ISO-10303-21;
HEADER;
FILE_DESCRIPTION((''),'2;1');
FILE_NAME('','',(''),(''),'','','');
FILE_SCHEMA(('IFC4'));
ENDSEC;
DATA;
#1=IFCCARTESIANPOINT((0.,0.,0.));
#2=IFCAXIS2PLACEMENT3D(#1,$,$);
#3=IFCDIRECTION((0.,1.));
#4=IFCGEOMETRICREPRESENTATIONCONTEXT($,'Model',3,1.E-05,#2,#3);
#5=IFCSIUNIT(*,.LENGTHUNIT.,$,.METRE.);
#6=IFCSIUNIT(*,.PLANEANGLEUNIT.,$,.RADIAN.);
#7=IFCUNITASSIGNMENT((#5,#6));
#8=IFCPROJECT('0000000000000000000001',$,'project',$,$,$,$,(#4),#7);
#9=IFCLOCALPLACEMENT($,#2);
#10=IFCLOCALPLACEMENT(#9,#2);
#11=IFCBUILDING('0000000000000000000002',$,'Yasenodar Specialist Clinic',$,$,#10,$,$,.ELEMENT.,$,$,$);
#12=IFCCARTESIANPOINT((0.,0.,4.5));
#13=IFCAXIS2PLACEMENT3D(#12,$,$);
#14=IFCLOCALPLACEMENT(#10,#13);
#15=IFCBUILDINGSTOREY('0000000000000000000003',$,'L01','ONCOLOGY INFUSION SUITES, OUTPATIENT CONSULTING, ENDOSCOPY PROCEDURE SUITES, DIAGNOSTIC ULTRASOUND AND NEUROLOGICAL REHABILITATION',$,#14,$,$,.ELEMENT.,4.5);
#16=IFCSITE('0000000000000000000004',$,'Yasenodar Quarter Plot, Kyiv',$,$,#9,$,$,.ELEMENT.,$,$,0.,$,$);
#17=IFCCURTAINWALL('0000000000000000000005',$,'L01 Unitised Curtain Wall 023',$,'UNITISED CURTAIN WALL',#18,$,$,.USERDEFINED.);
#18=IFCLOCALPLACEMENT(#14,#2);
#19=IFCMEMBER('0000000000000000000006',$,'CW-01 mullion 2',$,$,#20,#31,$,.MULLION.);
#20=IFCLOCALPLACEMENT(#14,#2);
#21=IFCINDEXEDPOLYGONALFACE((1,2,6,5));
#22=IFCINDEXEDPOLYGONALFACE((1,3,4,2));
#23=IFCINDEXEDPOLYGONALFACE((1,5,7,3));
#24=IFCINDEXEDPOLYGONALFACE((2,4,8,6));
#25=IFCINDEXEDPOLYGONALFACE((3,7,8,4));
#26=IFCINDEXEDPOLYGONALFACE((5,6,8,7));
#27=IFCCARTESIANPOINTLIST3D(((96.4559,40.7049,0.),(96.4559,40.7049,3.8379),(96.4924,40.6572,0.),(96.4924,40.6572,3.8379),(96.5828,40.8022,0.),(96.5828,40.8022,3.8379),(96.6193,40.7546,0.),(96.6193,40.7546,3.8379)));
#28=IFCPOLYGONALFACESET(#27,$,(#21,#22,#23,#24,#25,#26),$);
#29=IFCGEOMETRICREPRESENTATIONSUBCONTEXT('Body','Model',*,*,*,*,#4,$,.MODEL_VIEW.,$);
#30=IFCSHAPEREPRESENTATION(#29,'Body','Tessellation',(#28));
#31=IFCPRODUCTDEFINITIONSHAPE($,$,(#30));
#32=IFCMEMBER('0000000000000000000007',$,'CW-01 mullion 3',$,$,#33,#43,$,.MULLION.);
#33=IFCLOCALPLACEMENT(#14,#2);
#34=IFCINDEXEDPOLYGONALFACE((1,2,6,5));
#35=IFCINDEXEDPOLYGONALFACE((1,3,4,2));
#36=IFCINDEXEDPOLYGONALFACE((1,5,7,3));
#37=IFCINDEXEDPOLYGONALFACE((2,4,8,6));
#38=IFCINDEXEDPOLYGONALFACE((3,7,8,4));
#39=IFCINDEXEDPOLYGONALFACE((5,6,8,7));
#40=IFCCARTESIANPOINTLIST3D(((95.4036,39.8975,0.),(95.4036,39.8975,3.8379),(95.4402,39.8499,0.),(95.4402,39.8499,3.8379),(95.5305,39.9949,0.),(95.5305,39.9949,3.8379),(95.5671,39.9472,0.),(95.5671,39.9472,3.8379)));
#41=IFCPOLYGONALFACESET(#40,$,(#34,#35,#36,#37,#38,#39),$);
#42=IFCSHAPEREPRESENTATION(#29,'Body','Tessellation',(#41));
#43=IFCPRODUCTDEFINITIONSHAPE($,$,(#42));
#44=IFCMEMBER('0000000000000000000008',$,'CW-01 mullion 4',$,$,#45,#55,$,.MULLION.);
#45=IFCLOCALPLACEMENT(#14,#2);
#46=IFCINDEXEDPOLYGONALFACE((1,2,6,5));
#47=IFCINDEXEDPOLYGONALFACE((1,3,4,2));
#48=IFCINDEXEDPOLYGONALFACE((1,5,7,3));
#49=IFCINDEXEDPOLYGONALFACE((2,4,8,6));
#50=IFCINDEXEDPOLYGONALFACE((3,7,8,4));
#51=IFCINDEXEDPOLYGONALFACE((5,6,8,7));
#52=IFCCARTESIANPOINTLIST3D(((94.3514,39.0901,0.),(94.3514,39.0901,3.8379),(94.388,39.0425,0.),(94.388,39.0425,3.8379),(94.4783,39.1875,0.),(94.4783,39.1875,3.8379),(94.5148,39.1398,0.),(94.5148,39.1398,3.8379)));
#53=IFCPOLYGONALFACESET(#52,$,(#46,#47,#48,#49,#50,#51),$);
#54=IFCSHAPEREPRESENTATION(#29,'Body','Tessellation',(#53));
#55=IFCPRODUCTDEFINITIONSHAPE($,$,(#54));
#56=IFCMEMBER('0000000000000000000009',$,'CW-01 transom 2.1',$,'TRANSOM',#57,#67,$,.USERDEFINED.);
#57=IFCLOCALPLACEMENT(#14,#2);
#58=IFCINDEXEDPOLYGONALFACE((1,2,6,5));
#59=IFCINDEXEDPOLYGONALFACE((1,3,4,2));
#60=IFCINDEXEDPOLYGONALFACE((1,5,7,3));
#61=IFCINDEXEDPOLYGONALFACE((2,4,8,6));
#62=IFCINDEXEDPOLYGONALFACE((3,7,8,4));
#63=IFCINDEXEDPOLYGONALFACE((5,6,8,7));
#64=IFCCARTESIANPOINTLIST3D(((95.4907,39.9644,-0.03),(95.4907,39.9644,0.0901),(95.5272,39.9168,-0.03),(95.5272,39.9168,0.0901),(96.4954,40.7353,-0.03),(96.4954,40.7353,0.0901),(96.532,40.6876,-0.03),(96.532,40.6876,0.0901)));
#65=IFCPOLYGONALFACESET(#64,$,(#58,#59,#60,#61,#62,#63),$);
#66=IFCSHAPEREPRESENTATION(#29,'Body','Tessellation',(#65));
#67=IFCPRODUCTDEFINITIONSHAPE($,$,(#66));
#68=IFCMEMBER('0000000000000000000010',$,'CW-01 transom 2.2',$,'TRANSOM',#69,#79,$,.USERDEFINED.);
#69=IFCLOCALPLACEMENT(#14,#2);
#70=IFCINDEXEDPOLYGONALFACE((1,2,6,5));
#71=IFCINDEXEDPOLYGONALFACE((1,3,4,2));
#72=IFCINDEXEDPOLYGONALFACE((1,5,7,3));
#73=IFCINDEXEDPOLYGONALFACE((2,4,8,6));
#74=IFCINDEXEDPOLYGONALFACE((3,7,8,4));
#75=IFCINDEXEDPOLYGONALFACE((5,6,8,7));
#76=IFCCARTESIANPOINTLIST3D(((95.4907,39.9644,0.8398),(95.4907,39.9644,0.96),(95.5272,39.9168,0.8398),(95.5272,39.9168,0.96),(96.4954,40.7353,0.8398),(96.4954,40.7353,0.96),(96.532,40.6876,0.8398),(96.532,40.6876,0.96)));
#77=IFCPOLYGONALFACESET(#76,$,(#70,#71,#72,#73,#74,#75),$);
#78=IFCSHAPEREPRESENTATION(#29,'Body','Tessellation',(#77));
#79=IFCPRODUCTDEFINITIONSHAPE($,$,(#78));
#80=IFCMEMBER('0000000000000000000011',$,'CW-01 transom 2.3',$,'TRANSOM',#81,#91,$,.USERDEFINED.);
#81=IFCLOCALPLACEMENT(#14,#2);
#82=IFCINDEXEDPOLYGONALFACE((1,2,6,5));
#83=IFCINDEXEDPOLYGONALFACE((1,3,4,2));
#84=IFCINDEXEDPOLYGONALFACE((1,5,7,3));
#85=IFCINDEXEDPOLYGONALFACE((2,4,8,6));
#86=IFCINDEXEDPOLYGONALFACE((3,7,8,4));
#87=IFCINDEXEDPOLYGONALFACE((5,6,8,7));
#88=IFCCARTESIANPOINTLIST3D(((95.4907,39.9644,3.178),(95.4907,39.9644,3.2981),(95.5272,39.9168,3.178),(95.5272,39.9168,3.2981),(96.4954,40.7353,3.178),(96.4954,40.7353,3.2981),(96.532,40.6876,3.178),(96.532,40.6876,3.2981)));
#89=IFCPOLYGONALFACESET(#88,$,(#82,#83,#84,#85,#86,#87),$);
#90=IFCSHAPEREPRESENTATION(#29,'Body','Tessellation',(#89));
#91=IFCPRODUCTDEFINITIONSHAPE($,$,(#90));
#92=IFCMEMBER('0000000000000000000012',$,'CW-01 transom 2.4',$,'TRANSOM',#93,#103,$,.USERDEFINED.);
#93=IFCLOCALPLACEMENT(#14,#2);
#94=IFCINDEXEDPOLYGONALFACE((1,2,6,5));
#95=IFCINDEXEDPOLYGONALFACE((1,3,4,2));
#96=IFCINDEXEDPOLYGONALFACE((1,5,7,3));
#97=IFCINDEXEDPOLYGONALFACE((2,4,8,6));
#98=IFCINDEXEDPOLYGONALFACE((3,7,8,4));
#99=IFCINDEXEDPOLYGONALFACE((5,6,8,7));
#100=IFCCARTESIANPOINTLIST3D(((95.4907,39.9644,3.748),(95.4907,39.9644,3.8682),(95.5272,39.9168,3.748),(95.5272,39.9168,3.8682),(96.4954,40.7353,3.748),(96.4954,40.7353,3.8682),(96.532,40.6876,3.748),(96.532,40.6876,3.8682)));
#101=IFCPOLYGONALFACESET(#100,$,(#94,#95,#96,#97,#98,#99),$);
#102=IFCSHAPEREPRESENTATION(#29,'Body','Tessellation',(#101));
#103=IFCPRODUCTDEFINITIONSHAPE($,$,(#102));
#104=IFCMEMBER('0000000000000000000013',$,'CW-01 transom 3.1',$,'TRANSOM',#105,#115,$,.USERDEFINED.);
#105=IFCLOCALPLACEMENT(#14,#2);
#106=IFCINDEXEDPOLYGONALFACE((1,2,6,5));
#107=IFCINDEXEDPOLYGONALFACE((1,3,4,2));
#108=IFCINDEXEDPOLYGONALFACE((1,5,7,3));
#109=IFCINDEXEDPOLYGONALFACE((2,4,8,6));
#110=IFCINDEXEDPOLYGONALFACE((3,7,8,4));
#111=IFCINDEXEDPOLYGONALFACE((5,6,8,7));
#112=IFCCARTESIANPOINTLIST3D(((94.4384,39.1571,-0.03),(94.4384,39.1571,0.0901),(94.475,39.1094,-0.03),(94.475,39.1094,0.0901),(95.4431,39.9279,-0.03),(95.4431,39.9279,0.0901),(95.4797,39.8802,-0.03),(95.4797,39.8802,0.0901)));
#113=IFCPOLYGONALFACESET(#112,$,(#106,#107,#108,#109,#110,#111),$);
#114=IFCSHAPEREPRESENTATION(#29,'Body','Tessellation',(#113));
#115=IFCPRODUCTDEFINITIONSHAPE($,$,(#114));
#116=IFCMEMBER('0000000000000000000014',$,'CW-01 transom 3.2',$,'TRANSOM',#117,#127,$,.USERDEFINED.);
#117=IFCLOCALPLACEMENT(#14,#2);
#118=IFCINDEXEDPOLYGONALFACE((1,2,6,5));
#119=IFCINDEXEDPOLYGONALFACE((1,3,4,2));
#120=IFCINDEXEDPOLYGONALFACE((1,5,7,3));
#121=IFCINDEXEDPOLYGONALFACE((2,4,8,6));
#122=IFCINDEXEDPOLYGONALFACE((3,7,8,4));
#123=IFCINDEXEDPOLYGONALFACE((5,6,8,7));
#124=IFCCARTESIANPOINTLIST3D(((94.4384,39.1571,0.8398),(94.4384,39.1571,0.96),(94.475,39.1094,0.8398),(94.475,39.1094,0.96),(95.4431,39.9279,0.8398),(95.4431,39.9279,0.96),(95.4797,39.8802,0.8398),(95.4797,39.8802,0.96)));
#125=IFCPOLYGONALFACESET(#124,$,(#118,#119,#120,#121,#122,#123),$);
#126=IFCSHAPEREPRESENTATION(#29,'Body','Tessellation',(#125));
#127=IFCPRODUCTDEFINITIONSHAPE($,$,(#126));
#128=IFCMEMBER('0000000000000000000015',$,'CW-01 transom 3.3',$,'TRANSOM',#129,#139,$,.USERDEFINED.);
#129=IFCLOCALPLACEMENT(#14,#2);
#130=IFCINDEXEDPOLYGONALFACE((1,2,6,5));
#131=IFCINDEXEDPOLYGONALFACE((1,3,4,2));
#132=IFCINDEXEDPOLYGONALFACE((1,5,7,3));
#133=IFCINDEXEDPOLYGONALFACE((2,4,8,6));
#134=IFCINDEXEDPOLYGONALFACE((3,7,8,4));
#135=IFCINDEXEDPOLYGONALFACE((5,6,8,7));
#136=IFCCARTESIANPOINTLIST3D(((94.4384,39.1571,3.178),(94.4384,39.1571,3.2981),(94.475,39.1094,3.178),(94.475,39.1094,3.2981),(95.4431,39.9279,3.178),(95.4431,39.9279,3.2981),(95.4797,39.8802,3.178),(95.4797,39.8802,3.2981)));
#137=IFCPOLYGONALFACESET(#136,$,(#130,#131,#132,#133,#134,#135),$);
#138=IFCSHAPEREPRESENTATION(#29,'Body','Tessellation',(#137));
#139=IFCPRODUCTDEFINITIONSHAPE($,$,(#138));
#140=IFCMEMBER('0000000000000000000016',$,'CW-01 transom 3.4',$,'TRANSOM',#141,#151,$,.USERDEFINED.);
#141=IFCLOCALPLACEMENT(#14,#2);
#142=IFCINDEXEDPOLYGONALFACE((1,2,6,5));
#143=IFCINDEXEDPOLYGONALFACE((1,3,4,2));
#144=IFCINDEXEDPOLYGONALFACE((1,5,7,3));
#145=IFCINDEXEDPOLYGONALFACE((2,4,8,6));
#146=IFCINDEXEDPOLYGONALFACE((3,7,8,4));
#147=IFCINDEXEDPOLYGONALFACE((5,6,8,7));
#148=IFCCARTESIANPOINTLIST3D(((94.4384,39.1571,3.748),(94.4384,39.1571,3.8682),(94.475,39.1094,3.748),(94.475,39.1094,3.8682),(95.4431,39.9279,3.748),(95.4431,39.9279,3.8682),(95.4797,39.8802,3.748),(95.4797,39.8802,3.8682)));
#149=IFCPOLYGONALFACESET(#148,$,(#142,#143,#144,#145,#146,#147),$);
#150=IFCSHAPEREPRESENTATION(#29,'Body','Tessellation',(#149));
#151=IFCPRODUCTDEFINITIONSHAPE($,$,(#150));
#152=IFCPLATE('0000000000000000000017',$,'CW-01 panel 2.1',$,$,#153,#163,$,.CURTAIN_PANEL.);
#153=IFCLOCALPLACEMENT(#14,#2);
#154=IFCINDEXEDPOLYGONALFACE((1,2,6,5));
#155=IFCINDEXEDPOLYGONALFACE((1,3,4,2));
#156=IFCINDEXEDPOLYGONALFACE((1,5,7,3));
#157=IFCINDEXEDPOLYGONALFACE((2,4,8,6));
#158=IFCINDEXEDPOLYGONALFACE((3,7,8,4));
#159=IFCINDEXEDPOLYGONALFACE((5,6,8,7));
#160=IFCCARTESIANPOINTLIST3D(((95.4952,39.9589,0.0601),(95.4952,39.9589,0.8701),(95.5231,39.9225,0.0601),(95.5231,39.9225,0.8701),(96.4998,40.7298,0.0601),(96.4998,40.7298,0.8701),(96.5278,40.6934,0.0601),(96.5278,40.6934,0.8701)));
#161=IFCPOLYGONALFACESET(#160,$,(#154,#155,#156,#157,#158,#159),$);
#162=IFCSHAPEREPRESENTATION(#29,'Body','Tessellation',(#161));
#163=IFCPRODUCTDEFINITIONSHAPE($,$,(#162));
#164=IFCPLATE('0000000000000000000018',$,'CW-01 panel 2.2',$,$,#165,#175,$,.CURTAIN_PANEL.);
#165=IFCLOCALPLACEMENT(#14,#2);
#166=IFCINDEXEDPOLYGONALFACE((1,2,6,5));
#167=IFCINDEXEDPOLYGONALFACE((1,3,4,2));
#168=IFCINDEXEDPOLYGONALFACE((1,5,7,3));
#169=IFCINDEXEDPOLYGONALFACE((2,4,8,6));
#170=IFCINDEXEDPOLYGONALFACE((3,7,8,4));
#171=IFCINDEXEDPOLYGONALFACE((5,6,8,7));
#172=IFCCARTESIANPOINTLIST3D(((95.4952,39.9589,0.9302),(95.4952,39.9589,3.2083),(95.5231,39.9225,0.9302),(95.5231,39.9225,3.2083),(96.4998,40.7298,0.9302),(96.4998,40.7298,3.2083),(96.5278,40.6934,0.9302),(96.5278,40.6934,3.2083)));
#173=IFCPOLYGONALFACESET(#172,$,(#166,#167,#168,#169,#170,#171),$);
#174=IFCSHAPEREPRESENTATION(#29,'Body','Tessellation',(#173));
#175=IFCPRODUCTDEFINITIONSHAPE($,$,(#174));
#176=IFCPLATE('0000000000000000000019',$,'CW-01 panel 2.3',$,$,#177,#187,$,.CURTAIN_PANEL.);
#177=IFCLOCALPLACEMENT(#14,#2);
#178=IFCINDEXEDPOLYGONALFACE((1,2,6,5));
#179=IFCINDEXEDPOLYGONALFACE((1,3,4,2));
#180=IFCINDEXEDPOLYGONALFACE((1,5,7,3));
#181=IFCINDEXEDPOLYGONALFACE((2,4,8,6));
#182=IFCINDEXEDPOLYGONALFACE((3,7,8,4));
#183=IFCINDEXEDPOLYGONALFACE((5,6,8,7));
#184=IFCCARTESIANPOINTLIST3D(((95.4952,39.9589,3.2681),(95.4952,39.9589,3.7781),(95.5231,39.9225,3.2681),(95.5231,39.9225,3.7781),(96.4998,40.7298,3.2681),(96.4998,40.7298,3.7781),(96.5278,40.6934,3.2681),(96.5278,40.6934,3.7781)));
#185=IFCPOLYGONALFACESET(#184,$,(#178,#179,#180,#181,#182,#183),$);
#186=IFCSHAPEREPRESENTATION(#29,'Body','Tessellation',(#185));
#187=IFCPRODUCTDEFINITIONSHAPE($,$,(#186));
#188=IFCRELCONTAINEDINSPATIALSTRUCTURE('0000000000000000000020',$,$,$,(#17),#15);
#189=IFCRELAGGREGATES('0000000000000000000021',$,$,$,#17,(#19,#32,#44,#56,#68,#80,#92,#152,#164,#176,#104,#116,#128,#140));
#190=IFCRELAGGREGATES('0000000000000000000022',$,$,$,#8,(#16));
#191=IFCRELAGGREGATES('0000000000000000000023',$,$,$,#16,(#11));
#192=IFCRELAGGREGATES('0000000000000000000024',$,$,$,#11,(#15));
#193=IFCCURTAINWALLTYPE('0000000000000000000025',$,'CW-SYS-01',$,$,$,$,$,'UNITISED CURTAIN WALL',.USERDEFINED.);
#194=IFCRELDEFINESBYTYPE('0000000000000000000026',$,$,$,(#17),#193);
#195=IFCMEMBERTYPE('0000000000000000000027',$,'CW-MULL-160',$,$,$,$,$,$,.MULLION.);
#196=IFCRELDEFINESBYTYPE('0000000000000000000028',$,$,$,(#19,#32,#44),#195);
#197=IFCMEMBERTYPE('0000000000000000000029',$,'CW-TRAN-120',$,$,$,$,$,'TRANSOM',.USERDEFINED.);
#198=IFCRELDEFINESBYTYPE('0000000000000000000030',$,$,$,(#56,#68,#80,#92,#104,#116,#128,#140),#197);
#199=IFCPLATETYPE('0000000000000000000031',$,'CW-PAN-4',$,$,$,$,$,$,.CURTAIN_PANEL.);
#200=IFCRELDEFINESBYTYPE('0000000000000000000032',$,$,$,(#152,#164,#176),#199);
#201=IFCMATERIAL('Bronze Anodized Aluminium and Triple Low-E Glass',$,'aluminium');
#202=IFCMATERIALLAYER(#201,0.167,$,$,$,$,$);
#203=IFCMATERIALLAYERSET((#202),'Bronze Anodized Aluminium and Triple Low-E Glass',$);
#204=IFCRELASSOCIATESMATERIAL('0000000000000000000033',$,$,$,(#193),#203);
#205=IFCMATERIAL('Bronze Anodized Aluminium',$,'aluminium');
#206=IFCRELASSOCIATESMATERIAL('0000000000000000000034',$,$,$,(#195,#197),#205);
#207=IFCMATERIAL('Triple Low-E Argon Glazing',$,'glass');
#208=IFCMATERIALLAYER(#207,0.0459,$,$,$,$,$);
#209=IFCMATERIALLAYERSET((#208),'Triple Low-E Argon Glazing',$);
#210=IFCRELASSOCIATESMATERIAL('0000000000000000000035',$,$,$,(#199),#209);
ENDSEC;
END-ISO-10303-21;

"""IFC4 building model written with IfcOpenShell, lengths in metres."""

from ifc_helpers import new_model, si_unit, direction, frame, origin, origin_2d, place, context, subcontext, project, spatial, rectangle, extrude, material, layer, layer_set, material_profile, profile_set, type_object, element, aggregate, save


model = new_model("IFC4")

# Units and contexts
model_context = context("Model", 3, precision=1e-05, world=origin(), true_north=direction((0.0, 1.0)))
body_context = subcontext(model_context, "Body", "Model", "MODEL_VIEW")
ifc_project = project(units=[si_unit("LENGTHUNIT", "METRE"), si_unit("PLANEANGLEUNIT", "RADIAN")], contexts=[model_context])

# Site, building, storey
site_placement = place(None, origin())
site = spatial("IfcSite", under=ifc_project, at=site_placement, Name="Yasenodar Quarter Plot, Kyiv", CompositionType="ELEMENT", RefElevation=0.0)
building_placement = place(site_placement, origin())
building = spatial("IfcBuilding", under=site, at=building_placement, Name="Yasenodar Specialist Clinic", CompositionType="ELEMENT")
storey_placement = place(building_placement, frame((0.0, 0.0, 4.5)))
storey = spatial("IfcBuildingStorey", under=building, at=storey_placement, Name="L01", Description="ONCOLOGY INFUSION SUITES, OUTPATIENT CONSULTING, ENDOSCOPY PROCEDURE SUITES, DIAGNOSTIC ULTRASOUND AND NEUROLOGICAL REHABILITATION", CompositionType="ELEMENT", Elevation=4.5)

# Curtain wall, members, plates
ifc_material_1 = material(Name="Bronze Anodized Aluminium and Triple Low-E Glass", Category="aluminium")
ifc_layer_1 = layer(ifc_material_1, 0.167)
ifc_layer_set_1 = layer_set([ifc_layer_1], Name="Bronze Anodized Aluminium and Triple Low-E Glass")
curtain_wall_type = type_object("IfcCurtainWallType", Name="CW-SYS-01", ElementType="UNITISED CURTAIN WALL", PredefinedType="USERDEFINED", material=ifc_layer_set_1)
curtain_wall_placement = place(storey_placement, origin())
curtain_wall = element("IfcCurtainWall", 1, at=curtain_wall_placement, inside=storey, type_object=curtain_wall_type, Name="L01 Unitised Curtain Wall 023", ObjectType="UNITISED CURTAIN WALL", PredefinedType="USERDEFINED")
ifc_material_2 = material(Name="Bronze Anodized Aluminium", Category="aluminium")
ifc_material_profile_1 = material_profile(ifc_material_2, rectangle(XDim=0.0601, YDim=0.1599, at=origin_2d()), Name="CW-MULL 60x160")
ifc_profile_set_1 = profile_set([ifc_material_profile_1], Name="Bronze Anodized Aluminium")
member_type_1 = type_object("IfcMemberType", Name="CW-MULL-160", PredefinedType="MULLION", material=ifc_profile_set_1)
member_1_placement = place(storey_placement, frame((96.5376, 40.7297, 0.0), z_axis=(0.0, 0.0, 1.0), x_axis=(0.608752, -0.793361, 0.0)))
member_1 = element("IfcMember", 2, at=member_1_placement, type_object=member_type_1, Name="CW-01 mullion 2", PredefinedType="MULLION", context=body_context, shape_type="SweptSolid", body=[
    extrude(rectangle(XDim=0.0601, YDim=0.1599, at=origin_2d()), origin(), (0.0, 0.0, 1.0), 3.8379),
])
member_2_placement = place(storey_placement, frame((95.4854, 39.9224, 0.0), z_axis=(0.0, 0.0, 1.0), x_axis=(0.608752, -0.793361, 0.0)))
member_2 = element("IfcMember", 3, at=member_2_placement, type_object=member_type_1, Name="CW-01 mullion 3", PredefinedType="MULLION", context=body_context, shape_type="SweptSolid", body=[
    extrude(rectangle(XDim=0.0601, YDim=0.1599, at=origin_2d()), origin(), (0.0, 0.0, 1.0), 3.8379),
])
member_3_placement = place(storey_placement, frame((94.4331, 39.115, 0.0), z_axis=(0.0, 0.0, 1.0), x_axis=(0.608752, -0.793361, 0.0)))
member_3 = element("IfcMember", 4, at=member_3_placement, type_object=member_type_1, Name="CW-01 mullion 4", PredefinedType="MULLION", context=body_context, shape_type="SweptSolid", body=[
    extrude(rectangle(XDim=0.0601, YDim=0.1599, at=origin_2d()), origin(), (0.0, 0.0, 1.0), 3.8379),
])
ifc_material_profile_2 = material_profile(ifc_material_2, rectangle(XDim=0.0601, YDim=0.1201, at=origin_2d()), Name="CW-TRAN 60x120")
ifc_profile_set_2 = profile_set([ifc_material_profile_2], Name="Bronze Anodized Aluminium")
member_type_2 = type_object("IfcMemberType", Name="CW-TRAN-120", ElementType="TRANSOM", PredefinedType="USERDEFINED", material=ifc_profile_set_2)
member_4_placement = place(storey_placement, frame((96.5137, 40.7114, 0.03), z_axis=(-0.793405, -0.608695, 0.0), x_axis=(0.608695, -0.793405, 0.0)))
member_4 = element("IfcMember", 5, at=member_4_placement, type_object=member_type_2, Name="CW-01 transom 2.1", ObjectType="TRANSOM", PredefinedType="USERDEFINED", context=body_context, shape_type="SweptSolid", body=[
    extrude(rectangle(XDim=0.0601, YDim=0.1201, at=origin_2d()), origin(), (0.0, 0.0, 1.0), 1.2664),
])
member_5_placement = place(storey_placement, frame((96.5137, 40.7114, 0.8999), z_axis=(-0.793405, -0.608695, 0.0), x_axis=(0.608695, -0.793405, 0.0)))
member_5 = element("IfcMember", 6, at=member_5_placement, type_object=member_type_2, Name="CW-01 transom 2.2", ObjectType="TRANSOM", PredefinedType="USERDEFINED", context=body_context, shape_type="SweptSolid", body=[
    extrude(rectangle(XDim=0.0601, YDim=0.1201, at=origin_2d()), origin(), (0.0, 0.0, 1.0), 1.2664),
])
member_6_placement = place(storey_placement, frame((96.5137, 40.7114, 3.238), z_axis=(-0.793405, -0.608695, 0.0), x_axis=(0.608695, -0.793405, 0.0)))
member_6 = element("IfcMember", 7, at=member_6_placement, type_object=member_type_2, Name="CW-01 transom 2.3", ObjectType="TRANSOM", PredefinedType="USERDEFINED", context=body_context, shape_type="SweptSolid", body=[
    extrude(rectangle(XDim=0.0601, YDim=0.1201, at=origin_2d()), origin(), (0.0, 0.0, 1.0), 1.2664),
])
member_7_placement = place(storey_placement, frame((96.5137, 40.7114, 3.8081), z_axis=(-0.793405, -0.608695, 0.0), x_axis=(0.608695, -0.793405, 0.0)))
member_7 = element("IfcMember", 8, at=member_7_placement, type_object=member_type_2, Name="CW-01 transom 2.4", ObjectType="TRANSOM", PredefinedType="USERDEFINED", context=body_context, shape_type="SweptSolid", body=[
    extrude(rectangle(XDim=0.0601, YDim=0.1201, at=origin_2d()), origin(), (0.0, 0.0, 1.0), 1.2664),
])
member_8_placement = place(storey_placement, frame((95.4614, 39.9041, 0.03), z_axis=(-0.793405, -0.608695, 0.0), x_axis=(0.608695, -0.793405, 0.0)))
member_8 = element("IfcMember", 9, at=member_8_placement, type_object=member_type_2, Name="CW-01 transom 3.1", ObjectType="TRANSOM", PredefinedType="USERDEFINED", context=body_context, shape_type="SweptSolid", body=[
    extrude(rectangle(XDim=0.0601, YDim=0.1201, at=origin_2d()), origin(), (0.0, 0.0, 1.0), 1.2664),
])
member_9_placement = place(storey_placement, frame((95.4614, 39.9041, 0.8999), z_axis=(-0.793405, -0.608695, 0.0), x_axis=(0.608695, -0.793405, 0.0)))
member_9 = element("IfcMember", 10, at=member_9_placement, type_object=member_type_2, Name="CW-01 transom 3.2", ObjectType="TRANSOM", PredefinedType="USERDEFINED", context=body_context, shape_type="SweptSolid", body=[
    extrude(rectangle(XDim=0.0601, YDim=0.1201, at=origin_2d()), origin(), (0.0, 0.0, 1.0), 1.2664),
])
member_10_placement = place(storey_placement, frame((95.4614, 39.9041, 3.238), z_axis=(-0.793405, -0.608695, 0.0), x_axis=(0.608695, -0.793405, 0.0)))
member_10 = element("IfcMember", 11, at=member_10_placement, type_object=member_type_2, Name="CW-01 transom 3.3", ObjectType="TRANSOM", PredefinedType="USERDEFINED", context=body_context, shape_type="SweptSolid", body=[
    extrude(rectangle(XDim=0.0601, YDim=0.1201, at=origin_2d()), origin(), (0.0, 0.0, 1.0), 1.2664),
])
member_11_placement = place(storey_placement, frame((95.4614, 39.9041, 3.8081), z_axis=(-0.793405, -0.608695, 0.0), x_axis=(0.608695, -0.793405, 0.0)))
member_11 = element("IfcMember", 12, at=member_11_placement, type_object=member_type_2, Name="CW-01 transom 3.4", ObjectType="TRANSOM", PredefinedType="USERDEFINED", context=body_context, shape_type="SweptSolid", body=[
    extrude(rectangle(XDim=0.0601, YDim=0.1201, at=origin_2d()), origin(), (0.0, 0.0, 1.0), 1.2664),
])
ifc_material_3 = material(Name="Triple Low-E Argon Glazing", Category="glass")
ifc_layer_2 = layer(ifc_material_3, 0.0459)
ifc_layer_set_2 = layer_set([ifc_layer_2], Name="Triple Low-E Argon Glazing")
plate_type_1 = type_object("IfcPlateType", Name="CW-PAN-4", PredefinedType="CURTAIN_PANEL", material=ifc_layer_set_2)
plate_1_placement = place(storey_placement, frame((96.0115, 40.3262, 0.0601), z_axis=(0.0, 0.0, 1.0), x_axis=(-0.793361, -0.608752, 0.0)))
plate_1 = element("IfcPlate", 13, at=plate_1_placement, type_object=plate_type_1, Name="CW-01 panel 2.1", PredefinedType="CURTAIN_PANEL", context=body_context, shape_type="SweptSolid", body=[
    extrude(rectangle(XDim=1.2664, YDim=0.0459, at=origin_2d()), origin(), (0.0, 0.0, 1.0), 0.8101),
])
plate_2_placement = place(storey_placement, frame((96.0115, 40.3262, 0.9302), z_axis=(0.0, 0.0, 1.0), x_axis=(-0.793361, -0.608752, 0.0)))
plate_2 = element("IfcPlate", 14, at=plate_2_placement, type_object=plate_type_1, Name="CW-01 panel 2.2", PredefinedType="CURTAIN_PANEL", context=body_context, shape_type="SweptSolid", body=[
    extrude(rectangle(XDim=1.2664, YDim=0.0459, at=origin_2d()), origin(), (0.0, 0.0, 1.0), 2.2781),
])
plate_3_placement = place(storey_placement, frame((96.0115, 40.3262, 3.2681), z_axis=(0.0, 0.0, 1.0), x_axis=(-0.793361, -0.608752, 0.0)))
plate_3 = element("IfcPlate", 15, at=plate_3_placement, type_object=plate_type_1, Name="CW-01 panel 2.3", PredefinedType="CURTAIN_PANEL", context=body_context, shape_type="SweptSolid", body=[
    extrude(rectangle(XDim=1.2664, YDim=0.0459, at=origin_2d()), origin(), (0.0, 0.0, 1.0), 0.51),
])
aggregate(curtain_wall, [member_1, member_2, member_3, member_4, member_5, member_6, member_7, plate_1, plate_2, plate_3, member_8, member_9, member_10, member_11])

save(model, "model.ifc")
